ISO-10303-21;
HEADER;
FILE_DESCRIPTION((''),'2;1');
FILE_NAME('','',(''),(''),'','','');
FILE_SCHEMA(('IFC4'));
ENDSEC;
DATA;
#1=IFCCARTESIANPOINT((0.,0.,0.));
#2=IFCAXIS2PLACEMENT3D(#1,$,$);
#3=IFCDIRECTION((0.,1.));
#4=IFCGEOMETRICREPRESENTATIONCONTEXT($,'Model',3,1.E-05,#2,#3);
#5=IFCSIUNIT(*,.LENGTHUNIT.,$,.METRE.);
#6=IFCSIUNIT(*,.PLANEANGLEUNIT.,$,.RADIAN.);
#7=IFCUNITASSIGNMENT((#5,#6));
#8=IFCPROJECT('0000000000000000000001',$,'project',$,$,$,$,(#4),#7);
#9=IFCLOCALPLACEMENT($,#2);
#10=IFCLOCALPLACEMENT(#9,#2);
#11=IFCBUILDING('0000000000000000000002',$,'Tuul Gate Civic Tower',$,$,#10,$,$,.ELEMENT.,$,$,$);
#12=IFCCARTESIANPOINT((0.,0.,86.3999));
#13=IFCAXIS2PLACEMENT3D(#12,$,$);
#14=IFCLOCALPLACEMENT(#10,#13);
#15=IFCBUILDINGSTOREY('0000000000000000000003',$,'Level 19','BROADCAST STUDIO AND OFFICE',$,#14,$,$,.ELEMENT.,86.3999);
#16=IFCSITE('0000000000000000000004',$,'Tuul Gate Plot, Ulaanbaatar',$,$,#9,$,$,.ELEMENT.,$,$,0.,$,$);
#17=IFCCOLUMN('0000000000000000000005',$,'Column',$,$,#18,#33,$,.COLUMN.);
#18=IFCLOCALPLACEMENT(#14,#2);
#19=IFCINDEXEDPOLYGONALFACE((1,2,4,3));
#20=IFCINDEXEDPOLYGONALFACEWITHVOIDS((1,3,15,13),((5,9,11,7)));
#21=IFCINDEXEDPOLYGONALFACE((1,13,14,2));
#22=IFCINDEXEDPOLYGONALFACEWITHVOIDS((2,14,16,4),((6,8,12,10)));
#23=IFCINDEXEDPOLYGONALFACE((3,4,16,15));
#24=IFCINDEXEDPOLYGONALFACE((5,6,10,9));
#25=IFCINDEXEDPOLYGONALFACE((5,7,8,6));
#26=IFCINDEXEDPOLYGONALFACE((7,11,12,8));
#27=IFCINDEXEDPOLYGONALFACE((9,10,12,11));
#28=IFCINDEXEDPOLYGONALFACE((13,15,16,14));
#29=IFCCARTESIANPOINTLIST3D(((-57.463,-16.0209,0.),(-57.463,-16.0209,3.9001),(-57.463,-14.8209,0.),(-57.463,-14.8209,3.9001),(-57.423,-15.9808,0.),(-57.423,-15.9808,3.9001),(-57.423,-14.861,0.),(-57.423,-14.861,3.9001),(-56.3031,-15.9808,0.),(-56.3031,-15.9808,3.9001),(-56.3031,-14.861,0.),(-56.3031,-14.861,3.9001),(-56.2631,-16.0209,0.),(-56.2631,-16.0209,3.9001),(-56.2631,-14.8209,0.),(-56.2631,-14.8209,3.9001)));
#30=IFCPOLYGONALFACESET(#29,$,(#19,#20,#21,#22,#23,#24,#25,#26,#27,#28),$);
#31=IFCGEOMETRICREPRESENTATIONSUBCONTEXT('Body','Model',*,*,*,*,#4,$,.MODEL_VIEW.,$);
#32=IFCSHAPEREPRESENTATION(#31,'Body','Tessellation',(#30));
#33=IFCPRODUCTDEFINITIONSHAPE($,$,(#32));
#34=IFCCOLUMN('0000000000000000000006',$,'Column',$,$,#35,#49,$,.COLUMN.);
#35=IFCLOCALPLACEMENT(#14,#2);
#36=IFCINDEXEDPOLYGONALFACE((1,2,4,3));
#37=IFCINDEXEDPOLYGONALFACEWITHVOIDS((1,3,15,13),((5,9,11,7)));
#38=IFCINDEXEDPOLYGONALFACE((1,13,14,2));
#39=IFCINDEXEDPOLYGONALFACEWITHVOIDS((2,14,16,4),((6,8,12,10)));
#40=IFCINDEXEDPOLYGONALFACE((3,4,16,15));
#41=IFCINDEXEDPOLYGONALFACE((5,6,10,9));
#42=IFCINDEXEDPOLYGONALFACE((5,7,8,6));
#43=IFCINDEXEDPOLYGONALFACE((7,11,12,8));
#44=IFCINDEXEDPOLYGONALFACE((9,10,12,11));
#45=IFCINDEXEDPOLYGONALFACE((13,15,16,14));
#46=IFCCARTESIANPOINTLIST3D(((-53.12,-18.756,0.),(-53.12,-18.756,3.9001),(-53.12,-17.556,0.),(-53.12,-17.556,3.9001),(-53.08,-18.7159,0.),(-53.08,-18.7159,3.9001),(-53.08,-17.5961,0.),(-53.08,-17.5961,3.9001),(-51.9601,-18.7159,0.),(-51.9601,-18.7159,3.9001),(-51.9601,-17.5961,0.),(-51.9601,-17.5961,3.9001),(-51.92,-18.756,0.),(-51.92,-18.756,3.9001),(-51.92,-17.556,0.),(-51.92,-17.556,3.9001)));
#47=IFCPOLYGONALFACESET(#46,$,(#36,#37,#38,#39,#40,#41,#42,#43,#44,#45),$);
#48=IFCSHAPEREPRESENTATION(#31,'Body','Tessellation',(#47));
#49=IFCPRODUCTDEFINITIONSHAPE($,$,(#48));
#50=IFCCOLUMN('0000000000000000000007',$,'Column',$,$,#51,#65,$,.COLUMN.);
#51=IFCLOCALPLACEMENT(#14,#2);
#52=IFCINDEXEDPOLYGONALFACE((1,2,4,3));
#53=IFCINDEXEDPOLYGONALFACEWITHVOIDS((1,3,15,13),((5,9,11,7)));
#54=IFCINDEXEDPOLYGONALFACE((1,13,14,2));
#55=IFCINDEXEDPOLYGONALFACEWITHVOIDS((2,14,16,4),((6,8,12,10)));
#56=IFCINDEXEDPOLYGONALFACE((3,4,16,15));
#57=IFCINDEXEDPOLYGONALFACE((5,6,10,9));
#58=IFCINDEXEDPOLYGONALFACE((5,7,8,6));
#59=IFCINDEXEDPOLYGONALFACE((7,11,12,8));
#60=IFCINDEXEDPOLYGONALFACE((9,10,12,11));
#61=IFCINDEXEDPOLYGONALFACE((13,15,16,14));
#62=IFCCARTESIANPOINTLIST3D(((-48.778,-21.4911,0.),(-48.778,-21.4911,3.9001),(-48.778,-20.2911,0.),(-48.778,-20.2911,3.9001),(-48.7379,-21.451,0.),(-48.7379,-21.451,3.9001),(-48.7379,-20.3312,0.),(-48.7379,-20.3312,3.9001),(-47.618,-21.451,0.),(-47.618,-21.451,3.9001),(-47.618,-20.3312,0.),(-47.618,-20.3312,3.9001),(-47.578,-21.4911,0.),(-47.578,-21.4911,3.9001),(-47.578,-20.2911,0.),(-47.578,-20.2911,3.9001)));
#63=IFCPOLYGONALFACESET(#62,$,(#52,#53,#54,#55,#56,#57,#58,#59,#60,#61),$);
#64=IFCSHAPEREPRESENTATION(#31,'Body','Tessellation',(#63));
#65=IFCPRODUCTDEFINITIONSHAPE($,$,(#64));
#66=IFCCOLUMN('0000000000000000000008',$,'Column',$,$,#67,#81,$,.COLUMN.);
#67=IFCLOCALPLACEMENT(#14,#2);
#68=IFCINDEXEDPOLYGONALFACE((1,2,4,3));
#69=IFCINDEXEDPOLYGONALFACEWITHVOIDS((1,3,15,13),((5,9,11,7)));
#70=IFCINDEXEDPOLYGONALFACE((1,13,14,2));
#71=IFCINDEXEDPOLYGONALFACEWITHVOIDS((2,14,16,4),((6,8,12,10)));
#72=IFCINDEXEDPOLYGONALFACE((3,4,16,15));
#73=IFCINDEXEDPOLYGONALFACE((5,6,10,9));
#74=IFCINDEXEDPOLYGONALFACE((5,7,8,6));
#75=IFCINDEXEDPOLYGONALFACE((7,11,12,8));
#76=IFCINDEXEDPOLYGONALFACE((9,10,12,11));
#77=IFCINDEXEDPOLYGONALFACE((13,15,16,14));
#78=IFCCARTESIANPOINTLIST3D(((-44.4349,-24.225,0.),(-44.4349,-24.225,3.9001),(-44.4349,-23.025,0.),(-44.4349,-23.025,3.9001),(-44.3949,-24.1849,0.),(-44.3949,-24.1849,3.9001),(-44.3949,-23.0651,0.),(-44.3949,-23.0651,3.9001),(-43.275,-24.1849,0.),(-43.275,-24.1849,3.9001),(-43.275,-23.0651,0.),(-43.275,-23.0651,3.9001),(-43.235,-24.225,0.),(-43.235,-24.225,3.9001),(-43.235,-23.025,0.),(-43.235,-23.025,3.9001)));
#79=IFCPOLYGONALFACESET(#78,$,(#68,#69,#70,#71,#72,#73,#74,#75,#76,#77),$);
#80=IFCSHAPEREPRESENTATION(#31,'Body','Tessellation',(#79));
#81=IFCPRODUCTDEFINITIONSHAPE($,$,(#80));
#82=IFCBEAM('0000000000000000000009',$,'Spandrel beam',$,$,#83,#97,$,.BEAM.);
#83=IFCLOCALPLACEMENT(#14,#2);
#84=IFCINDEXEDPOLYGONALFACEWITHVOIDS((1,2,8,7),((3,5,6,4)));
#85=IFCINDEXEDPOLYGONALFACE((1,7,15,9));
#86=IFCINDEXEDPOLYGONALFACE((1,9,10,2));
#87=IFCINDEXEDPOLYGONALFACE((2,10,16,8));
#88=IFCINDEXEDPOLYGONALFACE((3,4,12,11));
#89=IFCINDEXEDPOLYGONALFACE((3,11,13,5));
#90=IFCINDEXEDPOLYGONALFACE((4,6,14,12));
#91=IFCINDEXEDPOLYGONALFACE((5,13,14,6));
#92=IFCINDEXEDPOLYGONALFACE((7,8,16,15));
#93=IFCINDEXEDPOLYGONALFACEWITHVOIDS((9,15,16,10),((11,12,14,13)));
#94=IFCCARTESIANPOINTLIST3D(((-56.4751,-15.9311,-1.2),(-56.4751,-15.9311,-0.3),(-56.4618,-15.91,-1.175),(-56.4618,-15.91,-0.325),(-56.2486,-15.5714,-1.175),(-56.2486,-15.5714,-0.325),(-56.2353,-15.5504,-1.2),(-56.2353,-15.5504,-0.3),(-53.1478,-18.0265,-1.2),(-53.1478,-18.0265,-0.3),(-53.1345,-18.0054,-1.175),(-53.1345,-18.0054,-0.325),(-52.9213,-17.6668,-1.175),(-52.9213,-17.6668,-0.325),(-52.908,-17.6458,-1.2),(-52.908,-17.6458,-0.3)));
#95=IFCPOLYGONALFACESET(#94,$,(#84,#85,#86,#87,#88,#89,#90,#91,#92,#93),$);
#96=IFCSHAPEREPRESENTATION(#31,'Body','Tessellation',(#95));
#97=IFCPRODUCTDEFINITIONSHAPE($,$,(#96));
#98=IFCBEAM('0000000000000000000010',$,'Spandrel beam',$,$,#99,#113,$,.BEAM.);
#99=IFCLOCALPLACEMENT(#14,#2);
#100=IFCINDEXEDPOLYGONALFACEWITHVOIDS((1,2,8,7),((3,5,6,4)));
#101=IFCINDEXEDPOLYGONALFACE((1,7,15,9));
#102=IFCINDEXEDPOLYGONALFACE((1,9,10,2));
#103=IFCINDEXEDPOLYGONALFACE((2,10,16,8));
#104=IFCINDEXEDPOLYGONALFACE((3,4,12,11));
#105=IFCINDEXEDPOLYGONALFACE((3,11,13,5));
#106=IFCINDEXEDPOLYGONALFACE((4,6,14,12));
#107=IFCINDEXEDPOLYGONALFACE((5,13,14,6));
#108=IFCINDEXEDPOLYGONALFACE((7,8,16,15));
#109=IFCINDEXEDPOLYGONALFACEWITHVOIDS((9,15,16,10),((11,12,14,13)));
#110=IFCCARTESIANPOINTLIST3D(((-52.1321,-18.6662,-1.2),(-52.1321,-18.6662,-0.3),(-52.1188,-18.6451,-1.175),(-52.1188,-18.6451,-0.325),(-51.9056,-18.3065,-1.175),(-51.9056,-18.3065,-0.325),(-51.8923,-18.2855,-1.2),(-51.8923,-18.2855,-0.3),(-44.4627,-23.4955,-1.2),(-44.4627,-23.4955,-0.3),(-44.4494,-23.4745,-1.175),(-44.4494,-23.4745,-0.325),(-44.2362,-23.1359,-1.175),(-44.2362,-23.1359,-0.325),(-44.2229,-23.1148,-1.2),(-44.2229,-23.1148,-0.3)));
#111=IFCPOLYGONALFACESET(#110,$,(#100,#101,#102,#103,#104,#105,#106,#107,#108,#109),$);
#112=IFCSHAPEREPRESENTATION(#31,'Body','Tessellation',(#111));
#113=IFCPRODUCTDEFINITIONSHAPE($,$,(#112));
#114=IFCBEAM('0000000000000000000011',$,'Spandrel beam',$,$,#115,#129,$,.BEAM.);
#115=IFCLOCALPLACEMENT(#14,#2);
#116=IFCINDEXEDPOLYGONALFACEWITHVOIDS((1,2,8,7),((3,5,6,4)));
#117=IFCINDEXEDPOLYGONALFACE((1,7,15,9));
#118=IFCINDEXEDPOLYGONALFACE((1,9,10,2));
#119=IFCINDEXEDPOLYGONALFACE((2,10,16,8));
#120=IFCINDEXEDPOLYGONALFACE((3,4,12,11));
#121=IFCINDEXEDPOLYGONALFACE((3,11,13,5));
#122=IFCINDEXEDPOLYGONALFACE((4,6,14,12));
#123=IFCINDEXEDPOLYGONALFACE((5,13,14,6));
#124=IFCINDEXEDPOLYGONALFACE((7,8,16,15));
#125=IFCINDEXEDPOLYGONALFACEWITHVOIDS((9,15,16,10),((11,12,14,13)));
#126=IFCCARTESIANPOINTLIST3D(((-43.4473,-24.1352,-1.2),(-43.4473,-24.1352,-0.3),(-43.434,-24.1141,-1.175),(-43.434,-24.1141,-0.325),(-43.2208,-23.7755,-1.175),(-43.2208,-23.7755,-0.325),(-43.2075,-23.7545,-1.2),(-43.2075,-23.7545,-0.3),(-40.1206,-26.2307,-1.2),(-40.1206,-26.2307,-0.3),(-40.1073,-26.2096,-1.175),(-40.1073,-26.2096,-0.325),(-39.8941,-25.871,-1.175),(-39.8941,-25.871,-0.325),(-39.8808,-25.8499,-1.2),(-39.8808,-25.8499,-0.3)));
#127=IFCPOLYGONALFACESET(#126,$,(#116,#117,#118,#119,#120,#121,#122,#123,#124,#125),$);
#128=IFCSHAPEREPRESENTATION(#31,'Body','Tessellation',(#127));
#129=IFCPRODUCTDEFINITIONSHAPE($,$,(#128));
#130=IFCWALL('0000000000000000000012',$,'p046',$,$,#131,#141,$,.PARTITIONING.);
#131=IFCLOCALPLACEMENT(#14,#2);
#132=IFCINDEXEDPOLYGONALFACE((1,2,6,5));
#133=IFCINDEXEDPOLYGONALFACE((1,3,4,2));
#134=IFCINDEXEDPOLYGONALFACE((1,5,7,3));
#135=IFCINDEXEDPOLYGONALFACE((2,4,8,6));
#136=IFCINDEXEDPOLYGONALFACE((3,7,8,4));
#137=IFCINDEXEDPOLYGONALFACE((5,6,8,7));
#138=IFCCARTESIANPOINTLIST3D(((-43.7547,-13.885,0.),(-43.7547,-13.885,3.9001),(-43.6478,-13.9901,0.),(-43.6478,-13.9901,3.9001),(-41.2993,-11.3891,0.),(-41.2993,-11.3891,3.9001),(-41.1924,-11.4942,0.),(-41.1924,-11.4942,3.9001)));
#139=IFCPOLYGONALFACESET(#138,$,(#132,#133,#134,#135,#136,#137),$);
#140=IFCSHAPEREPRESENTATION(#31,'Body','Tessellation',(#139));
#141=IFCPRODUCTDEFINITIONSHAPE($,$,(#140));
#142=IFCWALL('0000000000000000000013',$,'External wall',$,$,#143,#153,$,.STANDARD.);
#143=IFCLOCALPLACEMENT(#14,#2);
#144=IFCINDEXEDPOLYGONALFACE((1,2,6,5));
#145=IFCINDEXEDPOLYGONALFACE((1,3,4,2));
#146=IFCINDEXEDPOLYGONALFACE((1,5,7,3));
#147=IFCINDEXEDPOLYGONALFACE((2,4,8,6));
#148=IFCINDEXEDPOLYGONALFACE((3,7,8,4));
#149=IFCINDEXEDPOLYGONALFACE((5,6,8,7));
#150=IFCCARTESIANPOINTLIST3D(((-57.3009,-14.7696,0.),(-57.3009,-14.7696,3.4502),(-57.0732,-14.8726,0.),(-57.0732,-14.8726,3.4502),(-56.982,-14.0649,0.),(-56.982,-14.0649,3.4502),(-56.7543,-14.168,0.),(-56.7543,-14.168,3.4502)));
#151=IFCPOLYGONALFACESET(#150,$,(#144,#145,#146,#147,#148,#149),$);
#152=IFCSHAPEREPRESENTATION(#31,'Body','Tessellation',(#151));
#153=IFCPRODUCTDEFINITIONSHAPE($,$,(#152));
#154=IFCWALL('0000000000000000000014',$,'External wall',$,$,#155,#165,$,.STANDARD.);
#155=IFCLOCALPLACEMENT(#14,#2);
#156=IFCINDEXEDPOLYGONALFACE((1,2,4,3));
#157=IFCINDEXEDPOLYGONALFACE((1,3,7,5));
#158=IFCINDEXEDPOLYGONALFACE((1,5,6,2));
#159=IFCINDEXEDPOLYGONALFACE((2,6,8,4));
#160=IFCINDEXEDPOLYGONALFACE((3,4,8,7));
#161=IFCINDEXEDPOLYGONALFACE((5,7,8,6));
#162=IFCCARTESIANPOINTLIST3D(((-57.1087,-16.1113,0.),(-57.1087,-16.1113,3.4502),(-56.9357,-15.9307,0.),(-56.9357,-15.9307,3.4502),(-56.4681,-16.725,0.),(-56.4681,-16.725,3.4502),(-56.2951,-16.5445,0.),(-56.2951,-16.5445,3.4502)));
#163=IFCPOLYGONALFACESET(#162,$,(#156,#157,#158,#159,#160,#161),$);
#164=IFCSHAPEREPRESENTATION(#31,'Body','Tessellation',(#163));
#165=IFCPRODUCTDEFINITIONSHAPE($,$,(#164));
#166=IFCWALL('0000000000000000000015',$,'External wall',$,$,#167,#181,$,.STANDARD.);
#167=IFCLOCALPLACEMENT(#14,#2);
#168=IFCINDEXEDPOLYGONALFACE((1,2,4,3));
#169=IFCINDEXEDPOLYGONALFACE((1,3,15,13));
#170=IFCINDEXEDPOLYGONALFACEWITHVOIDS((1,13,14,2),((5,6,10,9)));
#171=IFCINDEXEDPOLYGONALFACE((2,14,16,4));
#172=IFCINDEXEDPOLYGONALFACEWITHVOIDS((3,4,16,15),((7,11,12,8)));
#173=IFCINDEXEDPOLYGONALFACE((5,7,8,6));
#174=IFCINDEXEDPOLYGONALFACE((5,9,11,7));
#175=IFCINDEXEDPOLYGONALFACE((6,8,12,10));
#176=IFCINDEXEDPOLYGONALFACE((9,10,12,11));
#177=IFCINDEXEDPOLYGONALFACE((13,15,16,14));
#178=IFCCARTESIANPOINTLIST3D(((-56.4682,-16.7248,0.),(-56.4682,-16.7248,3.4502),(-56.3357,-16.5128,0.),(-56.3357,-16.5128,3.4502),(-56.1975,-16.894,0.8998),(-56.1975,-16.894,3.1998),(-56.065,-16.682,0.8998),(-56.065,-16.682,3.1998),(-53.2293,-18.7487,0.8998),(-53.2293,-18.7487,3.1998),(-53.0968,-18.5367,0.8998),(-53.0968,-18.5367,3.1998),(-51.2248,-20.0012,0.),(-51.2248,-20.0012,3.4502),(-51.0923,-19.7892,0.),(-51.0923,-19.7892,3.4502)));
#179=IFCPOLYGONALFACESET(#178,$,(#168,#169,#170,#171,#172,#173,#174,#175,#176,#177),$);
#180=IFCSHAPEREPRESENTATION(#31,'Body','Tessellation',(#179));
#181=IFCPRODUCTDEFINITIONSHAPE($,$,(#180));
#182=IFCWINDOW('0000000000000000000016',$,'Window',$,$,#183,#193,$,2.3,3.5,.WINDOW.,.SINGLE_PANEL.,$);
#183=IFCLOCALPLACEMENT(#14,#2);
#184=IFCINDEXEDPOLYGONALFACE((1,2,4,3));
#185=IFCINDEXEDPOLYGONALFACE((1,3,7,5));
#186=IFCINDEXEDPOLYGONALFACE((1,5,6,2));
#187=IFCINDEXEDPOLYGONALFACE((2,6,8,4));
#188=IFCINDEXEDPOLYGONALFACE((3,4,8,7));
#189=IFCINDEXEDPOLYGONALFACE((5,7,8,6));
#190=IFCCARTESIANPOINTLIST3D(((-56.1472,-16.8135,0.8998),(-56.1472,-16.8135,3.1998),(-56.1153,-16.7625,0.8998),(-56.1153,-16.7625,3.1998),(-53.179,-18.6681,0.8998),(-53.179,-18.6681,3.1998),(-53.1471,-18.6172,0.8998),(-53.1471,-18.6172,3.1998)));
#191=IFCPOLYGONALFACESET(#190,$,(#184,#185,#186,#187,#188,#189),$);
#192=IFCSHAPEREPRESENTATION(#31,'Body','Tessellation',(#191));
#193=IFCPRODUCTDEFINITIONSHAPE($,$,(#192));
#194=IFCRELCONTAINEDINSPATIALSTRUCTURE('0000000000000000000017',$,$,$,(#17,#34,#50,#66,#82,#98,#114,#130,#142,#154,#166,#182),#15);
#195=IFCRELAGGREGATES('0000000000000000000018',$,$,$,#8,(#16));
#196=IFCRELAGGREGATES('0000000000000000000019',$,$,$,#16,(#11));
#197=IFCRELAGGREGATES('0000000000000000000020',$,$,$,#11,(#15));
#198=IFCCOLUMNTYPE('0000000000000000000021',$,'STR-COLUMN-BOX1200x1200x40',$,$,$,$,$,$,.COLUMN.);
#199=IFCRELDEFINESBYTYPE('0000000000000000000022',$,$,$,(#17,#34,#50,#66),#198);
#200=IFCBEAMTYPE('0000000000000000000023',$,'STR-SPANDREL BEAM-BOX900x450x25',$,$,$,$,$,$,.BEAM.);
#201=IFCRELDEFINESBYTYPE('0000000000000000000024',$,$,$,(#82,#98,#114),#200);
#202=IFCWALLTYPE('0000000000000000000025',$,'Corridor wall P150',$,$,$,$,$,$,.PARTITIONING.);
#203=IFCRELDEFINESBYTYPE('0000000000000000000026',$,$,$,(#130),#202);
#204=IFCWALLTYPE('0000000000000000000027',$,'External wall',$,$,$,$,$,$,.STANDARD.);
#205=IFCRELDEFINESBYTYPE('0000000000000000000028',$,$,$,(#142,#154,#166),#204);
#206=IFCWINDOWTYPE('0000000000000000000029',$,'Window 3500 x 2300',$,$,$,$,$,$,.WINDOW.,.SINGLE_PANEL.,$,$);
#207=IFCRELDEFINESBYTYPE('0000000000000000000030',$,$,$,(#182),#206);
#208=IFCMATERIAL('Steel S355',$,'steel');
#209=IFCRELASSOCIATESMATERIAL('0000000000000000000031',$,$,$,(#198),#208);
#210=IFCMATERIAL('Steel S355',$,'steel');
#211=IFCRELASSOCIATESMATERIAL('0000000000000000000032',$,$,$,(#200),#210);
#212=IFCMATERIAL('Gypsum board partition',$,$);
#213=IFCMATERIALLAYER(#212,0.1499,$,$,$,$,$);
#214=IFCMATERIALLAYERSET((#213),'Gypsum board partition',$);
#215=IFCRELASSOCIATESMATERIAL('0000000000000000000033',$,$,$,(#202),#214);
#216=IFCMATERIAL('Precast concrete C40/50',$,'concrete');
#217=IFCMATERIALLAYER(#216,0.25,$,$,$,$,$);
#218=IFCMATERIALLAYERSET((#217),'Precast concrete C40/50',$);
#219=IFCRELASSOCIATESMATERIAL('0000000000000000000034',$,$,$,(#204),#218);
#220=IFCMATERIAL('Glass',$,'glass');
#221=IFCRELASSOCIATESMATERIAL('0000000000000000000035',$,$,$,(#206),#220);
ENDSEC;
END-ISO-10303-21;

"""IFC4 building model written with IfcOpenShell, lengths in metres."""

from ifc_helpers import new_model, si_unit, direction, frame, frame_2d, origin, origin_2d, place, context, subcontext, project, spatial, rectangle, hollow_rectangle, extrude, material, layer, layer_set, material_profile, profile_set, type_object, element, fill, save


model = new_model("IFC4")

# Units and contexts
model_context = context("Model", 3, precision=1e-05, world=origin(), true_north=direction((0.0, 1.0)))
body_context = subcontext(model_context, "Body", "Model", "MODEL_VIEW")
ifc_project = project(units=[si_unit("LENGTHUNIT", "METRE"), si_unit("PLANEANGLEUNIT", "RADIAN")], contexts=[model_context])

# Site, building, storey
site_placement = place(None, origin())
site = spatial("IfcSite", under=ifc_project, at=site_placement, Name="Tuul Gate Plot, Ulaanbaatar", CompositionType="ELEMENT", RefElevation=0.0)
building_placement = place(site_placement, origin())
building = spatial("IfcBuilding", under=site, at=building_placement, Name="Tuul Gate Civic Tower", CompositionType="ELEMENT")
storey_placement = place(building_placement, frame((0.0, 0.0, 86.3999)))
storey = spatial("IfcBuildingStorey", under=building, at=storey_placement, Name="Level 19", Description="BROADCAST STUDIO AND OFFICE", CompositionType="ELEMENT", Elevation=86.3999)

# Columns
ifc_material_1 = material(Name="Steel S355", Category="steel")
ifc_material_profile_1 = material_profile(ifc_material_1, hollow_rectangle(XDim=1.2, YDim=1.2, WallThickness=0.04, at=origin_2d()), Name="BOX1200x1200x40")
ifc_profile_set_1 = profile_set([ifc_material_profile_1], Name="Steel S355")
column_type = type_object("IfcColumnType", Name="STR-COLUMN-BOX1200x1200x40", PredefinedType="COLUMN", material=ifc_profile_set_1)
for number, where, z_axis, x_axis, name in (
    (1, (-56.863, -15.4209, 0.0), (0.0, 0.0, 1.0), (1.0, 0.0, 0.0), "Column"),
    (2, (-52.52, -18.156, 0.0), (0.0, 0.0, 1.0), (1.0, 0.0, 0.0), "Column"),
    (3, (-48.178, -20.8911, 0.0), (0.0, 0.0, 1.0), (1.0, 0.0, 0.0), "Column"),
    (4, (-43.835, -23.625, 0.0), (0.0, 0.0, 1.0), (1.0, 0.0, 0.0), "Column"),
):
    element("IfcColumn", number, at=place(storey_placement, frame(where, z_axis=z_axis, x_axis=x_axis)), inside=storey, type_object=column_type, Name=name, PredefinedType="COLUMN", context=body_context, shape_type="SweptSolid", body=[
        extrude(hollow_rectangle(XDim=1.2, YDim=1.2, WallThickness=0.04, at=origin_2d()), origin(), (0.0, 0.0, 1.0), 3.9001),
    ])

# Beams
ifc_material_2 = material(Name="Steel S355", Category="steel")
ifc_material_profile_2 = material_profile(ifc_material_2, hollow_rectangle(XDim=0.45, YDim=0.8999, WallThickness=0.0249, at=origin_2d()), Name="BOX900x450x25")
ifc_profile_set_2 = profile_set([ifc_material_profile_2], Name="Steel S355")
beam_type = type_object("IfcBeamType", Name="STR-SPANDREL BEAM-BOX900x450x25", PredefinedType="BEAM", material=ifc_profile_set_2)
beam_1_placement = place(storey_placement, frame((-56.3552, -15.7407, -0.75), z_axis=(0.846183, -0.532892, 0.0), x_axis=(0.532892, 0.846183, 0.0)))
element("IfcBeam", 5, at=beam_1_placement, inside=storey, type_object=beam_type, Name="Spandrel beam", PredefinedType="BEAM", context=body_context, shape_type="SweptSolid", body=[
    extrude(hollow_rectangle(XDim=0.45, YDim=0.8999, WallThickness=0.0249, at=origin_2d()), origin(), (0.0, 0.0, 1.0), 3.9321),
])
beam_2_placement = place(storey_placement, frame((-52.0122, -18.4758, -0.75), z_axis=(0.846211, -0.532848, 0.0), x_axis=(0.532848, 0.846211, 0.0)))
element("IfcBeam", 6, at=beam_2_placement, inside=storey, type_object=beam_type, Name="Spandrel beam", PredefinedType="BEAM", context=body_context, shape_type="SweptSolid", body=[
    extrude(hollow_rectangle(XDim=0.45, YDim=0.8999, WallThickness=0.0249, at=origin_2d()), origin(), (0.0, 0.0, 1.0), 9.0632),
])
beam_3_placement = place(storey_placement, frame((-43.3274, -23.9448, -0.75), z_axis=(0.84613, -0.532976, 0.0), x_axis=(0.532976, 0.84613, 0.0)))
element("IfcBeam", 7, at=beam_3_placement, inside=storey, type_object=beam_type, Name="Spandrel beam", PredefinedType="BEAM", context=body_context, shape_type="SweptSolid", body=[
    extrude(hollow_rectangle(XDim=0.45, YDim=0.8999, WallThickness=0.0249, at=origin_2d()), origin(), (0.0, 0.0, 1.0), 3.9316),
])

# Walls
ifc_material_3 = material(Name="Gypsum board partition")
ifc_layer_1 = layer(ifc_material_3, 0.1499)
ifc_layer_set_1 = layer_set([ifc_layer_1], Name="Gypsum board partition")
wall_type_1 = type_object("IfcWallType", Name="Corridor wall P150", PredefinedType="PARTITIONING", material=ifc_layer_set_1)
wall_1_placement = place(storey_placement, frame((-43.7012, -13.9375, 0.0), z_axis=(0.0, 0.0, 1.0), x_axis=(0.701295, 0.712871, 0.0)))
element("IfcWall", 8, at=wall_1_placement, inside=storey, type_object=wall_type_1, Name="p046", PredefinedType="PARTITIONING", context=body_context, shape_type="SweptSolid", body=[
    extrude(rectangle(XDim=3.5012, YDim=0.1499, at=frame_2d((1.7505, 0.0))), origin(), (0.0, 0.0, 1.0), 3.9001),
])
ifc_material_4 = material(Name="Precast concrete C40/50", Category="concrete")
ifc_layer_2 = layer(ifc_material_4, 0.25)
ifc_layer_set_2 = layer_set([ifc_layer_2], Name="Precast concrete C40/50")
wall_type_2 = type_object("IfcWallType", Name="External wall", PredefinedType="STANDARD", material=ifc_layer_set_2)
wall_2_placement = place(storey_placement, frame((-56.8682, -14.1165, 0.0), z_axis=(0.0, 0.0, 1.0), x_axis=(-0.41228, -0.911057, 0.0)))
element("IfcWall", 9, at=wall_2_placement, inside=storey, type_object=wall_type_2, Name="External wall", PredefinedType="STANDARD", context=body_context, shape_type="SweptSolid", body=[
    extrude(rectangle(XDim=0.7734, YDim=0.25, at=frame_2d((0.3867, 0.0))), origin(), (0.0, 0.0, 1.0), 3.4502),
])
wall_3_placement = place(storey_placement, frame((-57.0222, -16.021, 0.0), z_axis=(0.0, 0.0, 1.0), x_axis=(0.72208, -0.69181, 0.0)))
element("IfcWall", 10, at=wall_3_placement, inside=storey, type_object=wall_type_2, Name="External wall", PredefinedType="STANDARD", context=body_context, shape_type="SweptSolid", body=[
    extrude(rectangle(XDim=0.8872, YDim=0.25, at=frame_2d((0.4436, 0.0))), origin(), (0.0, 0.0, 1.0), 3.4502),
])

# Wall, opening, window
wall_4_placement = place(storey_placement, frame((-56.4019, -16.6189, 0.0), z_axis=(0.0, 0.0, 1.0), x_axis=(0.848054, -0.52991, 0.0)))
wall_4 = element("IfcWall", 11, at=wall_4_placement, inside=storey, type_object=wall_type_2, Name="External wall", PredefinedType="STANDARD", context=body_context, shape_type="SweptSolid", body=[
    extrude(rectangle(XDim=6.1829, YDim=0.25, at=frame_2d((3.0913, 0.0))), origin(), (0.0, 0.0, 1.0), 3.4502),
])
opening_1_placement = place(wall_4_placement, frame((0.3191, 0.0, 0.8999)))
opening_1 = element("IfcOpeningElement", 12, at=opening_1_placement, cuts=wall_4, PredefinedType="OPENING", context=body_context, shape_type="SweptSolid", body=[
    extrude(rectangle(XDim=3.5, YDim=2.3, at=frame_2d((1.75, 1.1499))), frame((0.0, 0.135, 0.0), z_axis=(0.0, -1.0, 0.0), x_axis=(1.0, 0.0, 0.0)), (0.0, 0.0, 1.0), 0.27),
])
ifc_material_5 = material(Name="Glass", Category="glass")
window_type_1 = type_object("IfcWindowType", Name="Window 3500 x 2300", PartitioningType="SINGLE_PANEL", PredefinedType="WINDOW", material=ifc_material_5)
window_1_placement = place(opening_1_placement, origin())
window_1 = element("IfcWindow", 13, at=window_1_placement, inside=storey, type_object=window_type_1, Name="Window", OverallHeight=2.3, OverallWidth=3.5, PartitioningType="SINGLE_PANEL", PredefinedType="WINDOW", context=body_context, shape_type="SweptSolid", body=[
    extrude(rectangle(XDim=3.5, YDim=2.3, at=frame_2d((1.75, 1.1499))), frame((0.0, 0.03, 0.0), z_axis=(0.0, -1.0, 0.0), x_axis=(1.0, 0.0, 0.0)), (0.0, 0.0, 1.0), 0.0601),
])
fill(opening_1, window_1)

save(model, "model.ifc")
